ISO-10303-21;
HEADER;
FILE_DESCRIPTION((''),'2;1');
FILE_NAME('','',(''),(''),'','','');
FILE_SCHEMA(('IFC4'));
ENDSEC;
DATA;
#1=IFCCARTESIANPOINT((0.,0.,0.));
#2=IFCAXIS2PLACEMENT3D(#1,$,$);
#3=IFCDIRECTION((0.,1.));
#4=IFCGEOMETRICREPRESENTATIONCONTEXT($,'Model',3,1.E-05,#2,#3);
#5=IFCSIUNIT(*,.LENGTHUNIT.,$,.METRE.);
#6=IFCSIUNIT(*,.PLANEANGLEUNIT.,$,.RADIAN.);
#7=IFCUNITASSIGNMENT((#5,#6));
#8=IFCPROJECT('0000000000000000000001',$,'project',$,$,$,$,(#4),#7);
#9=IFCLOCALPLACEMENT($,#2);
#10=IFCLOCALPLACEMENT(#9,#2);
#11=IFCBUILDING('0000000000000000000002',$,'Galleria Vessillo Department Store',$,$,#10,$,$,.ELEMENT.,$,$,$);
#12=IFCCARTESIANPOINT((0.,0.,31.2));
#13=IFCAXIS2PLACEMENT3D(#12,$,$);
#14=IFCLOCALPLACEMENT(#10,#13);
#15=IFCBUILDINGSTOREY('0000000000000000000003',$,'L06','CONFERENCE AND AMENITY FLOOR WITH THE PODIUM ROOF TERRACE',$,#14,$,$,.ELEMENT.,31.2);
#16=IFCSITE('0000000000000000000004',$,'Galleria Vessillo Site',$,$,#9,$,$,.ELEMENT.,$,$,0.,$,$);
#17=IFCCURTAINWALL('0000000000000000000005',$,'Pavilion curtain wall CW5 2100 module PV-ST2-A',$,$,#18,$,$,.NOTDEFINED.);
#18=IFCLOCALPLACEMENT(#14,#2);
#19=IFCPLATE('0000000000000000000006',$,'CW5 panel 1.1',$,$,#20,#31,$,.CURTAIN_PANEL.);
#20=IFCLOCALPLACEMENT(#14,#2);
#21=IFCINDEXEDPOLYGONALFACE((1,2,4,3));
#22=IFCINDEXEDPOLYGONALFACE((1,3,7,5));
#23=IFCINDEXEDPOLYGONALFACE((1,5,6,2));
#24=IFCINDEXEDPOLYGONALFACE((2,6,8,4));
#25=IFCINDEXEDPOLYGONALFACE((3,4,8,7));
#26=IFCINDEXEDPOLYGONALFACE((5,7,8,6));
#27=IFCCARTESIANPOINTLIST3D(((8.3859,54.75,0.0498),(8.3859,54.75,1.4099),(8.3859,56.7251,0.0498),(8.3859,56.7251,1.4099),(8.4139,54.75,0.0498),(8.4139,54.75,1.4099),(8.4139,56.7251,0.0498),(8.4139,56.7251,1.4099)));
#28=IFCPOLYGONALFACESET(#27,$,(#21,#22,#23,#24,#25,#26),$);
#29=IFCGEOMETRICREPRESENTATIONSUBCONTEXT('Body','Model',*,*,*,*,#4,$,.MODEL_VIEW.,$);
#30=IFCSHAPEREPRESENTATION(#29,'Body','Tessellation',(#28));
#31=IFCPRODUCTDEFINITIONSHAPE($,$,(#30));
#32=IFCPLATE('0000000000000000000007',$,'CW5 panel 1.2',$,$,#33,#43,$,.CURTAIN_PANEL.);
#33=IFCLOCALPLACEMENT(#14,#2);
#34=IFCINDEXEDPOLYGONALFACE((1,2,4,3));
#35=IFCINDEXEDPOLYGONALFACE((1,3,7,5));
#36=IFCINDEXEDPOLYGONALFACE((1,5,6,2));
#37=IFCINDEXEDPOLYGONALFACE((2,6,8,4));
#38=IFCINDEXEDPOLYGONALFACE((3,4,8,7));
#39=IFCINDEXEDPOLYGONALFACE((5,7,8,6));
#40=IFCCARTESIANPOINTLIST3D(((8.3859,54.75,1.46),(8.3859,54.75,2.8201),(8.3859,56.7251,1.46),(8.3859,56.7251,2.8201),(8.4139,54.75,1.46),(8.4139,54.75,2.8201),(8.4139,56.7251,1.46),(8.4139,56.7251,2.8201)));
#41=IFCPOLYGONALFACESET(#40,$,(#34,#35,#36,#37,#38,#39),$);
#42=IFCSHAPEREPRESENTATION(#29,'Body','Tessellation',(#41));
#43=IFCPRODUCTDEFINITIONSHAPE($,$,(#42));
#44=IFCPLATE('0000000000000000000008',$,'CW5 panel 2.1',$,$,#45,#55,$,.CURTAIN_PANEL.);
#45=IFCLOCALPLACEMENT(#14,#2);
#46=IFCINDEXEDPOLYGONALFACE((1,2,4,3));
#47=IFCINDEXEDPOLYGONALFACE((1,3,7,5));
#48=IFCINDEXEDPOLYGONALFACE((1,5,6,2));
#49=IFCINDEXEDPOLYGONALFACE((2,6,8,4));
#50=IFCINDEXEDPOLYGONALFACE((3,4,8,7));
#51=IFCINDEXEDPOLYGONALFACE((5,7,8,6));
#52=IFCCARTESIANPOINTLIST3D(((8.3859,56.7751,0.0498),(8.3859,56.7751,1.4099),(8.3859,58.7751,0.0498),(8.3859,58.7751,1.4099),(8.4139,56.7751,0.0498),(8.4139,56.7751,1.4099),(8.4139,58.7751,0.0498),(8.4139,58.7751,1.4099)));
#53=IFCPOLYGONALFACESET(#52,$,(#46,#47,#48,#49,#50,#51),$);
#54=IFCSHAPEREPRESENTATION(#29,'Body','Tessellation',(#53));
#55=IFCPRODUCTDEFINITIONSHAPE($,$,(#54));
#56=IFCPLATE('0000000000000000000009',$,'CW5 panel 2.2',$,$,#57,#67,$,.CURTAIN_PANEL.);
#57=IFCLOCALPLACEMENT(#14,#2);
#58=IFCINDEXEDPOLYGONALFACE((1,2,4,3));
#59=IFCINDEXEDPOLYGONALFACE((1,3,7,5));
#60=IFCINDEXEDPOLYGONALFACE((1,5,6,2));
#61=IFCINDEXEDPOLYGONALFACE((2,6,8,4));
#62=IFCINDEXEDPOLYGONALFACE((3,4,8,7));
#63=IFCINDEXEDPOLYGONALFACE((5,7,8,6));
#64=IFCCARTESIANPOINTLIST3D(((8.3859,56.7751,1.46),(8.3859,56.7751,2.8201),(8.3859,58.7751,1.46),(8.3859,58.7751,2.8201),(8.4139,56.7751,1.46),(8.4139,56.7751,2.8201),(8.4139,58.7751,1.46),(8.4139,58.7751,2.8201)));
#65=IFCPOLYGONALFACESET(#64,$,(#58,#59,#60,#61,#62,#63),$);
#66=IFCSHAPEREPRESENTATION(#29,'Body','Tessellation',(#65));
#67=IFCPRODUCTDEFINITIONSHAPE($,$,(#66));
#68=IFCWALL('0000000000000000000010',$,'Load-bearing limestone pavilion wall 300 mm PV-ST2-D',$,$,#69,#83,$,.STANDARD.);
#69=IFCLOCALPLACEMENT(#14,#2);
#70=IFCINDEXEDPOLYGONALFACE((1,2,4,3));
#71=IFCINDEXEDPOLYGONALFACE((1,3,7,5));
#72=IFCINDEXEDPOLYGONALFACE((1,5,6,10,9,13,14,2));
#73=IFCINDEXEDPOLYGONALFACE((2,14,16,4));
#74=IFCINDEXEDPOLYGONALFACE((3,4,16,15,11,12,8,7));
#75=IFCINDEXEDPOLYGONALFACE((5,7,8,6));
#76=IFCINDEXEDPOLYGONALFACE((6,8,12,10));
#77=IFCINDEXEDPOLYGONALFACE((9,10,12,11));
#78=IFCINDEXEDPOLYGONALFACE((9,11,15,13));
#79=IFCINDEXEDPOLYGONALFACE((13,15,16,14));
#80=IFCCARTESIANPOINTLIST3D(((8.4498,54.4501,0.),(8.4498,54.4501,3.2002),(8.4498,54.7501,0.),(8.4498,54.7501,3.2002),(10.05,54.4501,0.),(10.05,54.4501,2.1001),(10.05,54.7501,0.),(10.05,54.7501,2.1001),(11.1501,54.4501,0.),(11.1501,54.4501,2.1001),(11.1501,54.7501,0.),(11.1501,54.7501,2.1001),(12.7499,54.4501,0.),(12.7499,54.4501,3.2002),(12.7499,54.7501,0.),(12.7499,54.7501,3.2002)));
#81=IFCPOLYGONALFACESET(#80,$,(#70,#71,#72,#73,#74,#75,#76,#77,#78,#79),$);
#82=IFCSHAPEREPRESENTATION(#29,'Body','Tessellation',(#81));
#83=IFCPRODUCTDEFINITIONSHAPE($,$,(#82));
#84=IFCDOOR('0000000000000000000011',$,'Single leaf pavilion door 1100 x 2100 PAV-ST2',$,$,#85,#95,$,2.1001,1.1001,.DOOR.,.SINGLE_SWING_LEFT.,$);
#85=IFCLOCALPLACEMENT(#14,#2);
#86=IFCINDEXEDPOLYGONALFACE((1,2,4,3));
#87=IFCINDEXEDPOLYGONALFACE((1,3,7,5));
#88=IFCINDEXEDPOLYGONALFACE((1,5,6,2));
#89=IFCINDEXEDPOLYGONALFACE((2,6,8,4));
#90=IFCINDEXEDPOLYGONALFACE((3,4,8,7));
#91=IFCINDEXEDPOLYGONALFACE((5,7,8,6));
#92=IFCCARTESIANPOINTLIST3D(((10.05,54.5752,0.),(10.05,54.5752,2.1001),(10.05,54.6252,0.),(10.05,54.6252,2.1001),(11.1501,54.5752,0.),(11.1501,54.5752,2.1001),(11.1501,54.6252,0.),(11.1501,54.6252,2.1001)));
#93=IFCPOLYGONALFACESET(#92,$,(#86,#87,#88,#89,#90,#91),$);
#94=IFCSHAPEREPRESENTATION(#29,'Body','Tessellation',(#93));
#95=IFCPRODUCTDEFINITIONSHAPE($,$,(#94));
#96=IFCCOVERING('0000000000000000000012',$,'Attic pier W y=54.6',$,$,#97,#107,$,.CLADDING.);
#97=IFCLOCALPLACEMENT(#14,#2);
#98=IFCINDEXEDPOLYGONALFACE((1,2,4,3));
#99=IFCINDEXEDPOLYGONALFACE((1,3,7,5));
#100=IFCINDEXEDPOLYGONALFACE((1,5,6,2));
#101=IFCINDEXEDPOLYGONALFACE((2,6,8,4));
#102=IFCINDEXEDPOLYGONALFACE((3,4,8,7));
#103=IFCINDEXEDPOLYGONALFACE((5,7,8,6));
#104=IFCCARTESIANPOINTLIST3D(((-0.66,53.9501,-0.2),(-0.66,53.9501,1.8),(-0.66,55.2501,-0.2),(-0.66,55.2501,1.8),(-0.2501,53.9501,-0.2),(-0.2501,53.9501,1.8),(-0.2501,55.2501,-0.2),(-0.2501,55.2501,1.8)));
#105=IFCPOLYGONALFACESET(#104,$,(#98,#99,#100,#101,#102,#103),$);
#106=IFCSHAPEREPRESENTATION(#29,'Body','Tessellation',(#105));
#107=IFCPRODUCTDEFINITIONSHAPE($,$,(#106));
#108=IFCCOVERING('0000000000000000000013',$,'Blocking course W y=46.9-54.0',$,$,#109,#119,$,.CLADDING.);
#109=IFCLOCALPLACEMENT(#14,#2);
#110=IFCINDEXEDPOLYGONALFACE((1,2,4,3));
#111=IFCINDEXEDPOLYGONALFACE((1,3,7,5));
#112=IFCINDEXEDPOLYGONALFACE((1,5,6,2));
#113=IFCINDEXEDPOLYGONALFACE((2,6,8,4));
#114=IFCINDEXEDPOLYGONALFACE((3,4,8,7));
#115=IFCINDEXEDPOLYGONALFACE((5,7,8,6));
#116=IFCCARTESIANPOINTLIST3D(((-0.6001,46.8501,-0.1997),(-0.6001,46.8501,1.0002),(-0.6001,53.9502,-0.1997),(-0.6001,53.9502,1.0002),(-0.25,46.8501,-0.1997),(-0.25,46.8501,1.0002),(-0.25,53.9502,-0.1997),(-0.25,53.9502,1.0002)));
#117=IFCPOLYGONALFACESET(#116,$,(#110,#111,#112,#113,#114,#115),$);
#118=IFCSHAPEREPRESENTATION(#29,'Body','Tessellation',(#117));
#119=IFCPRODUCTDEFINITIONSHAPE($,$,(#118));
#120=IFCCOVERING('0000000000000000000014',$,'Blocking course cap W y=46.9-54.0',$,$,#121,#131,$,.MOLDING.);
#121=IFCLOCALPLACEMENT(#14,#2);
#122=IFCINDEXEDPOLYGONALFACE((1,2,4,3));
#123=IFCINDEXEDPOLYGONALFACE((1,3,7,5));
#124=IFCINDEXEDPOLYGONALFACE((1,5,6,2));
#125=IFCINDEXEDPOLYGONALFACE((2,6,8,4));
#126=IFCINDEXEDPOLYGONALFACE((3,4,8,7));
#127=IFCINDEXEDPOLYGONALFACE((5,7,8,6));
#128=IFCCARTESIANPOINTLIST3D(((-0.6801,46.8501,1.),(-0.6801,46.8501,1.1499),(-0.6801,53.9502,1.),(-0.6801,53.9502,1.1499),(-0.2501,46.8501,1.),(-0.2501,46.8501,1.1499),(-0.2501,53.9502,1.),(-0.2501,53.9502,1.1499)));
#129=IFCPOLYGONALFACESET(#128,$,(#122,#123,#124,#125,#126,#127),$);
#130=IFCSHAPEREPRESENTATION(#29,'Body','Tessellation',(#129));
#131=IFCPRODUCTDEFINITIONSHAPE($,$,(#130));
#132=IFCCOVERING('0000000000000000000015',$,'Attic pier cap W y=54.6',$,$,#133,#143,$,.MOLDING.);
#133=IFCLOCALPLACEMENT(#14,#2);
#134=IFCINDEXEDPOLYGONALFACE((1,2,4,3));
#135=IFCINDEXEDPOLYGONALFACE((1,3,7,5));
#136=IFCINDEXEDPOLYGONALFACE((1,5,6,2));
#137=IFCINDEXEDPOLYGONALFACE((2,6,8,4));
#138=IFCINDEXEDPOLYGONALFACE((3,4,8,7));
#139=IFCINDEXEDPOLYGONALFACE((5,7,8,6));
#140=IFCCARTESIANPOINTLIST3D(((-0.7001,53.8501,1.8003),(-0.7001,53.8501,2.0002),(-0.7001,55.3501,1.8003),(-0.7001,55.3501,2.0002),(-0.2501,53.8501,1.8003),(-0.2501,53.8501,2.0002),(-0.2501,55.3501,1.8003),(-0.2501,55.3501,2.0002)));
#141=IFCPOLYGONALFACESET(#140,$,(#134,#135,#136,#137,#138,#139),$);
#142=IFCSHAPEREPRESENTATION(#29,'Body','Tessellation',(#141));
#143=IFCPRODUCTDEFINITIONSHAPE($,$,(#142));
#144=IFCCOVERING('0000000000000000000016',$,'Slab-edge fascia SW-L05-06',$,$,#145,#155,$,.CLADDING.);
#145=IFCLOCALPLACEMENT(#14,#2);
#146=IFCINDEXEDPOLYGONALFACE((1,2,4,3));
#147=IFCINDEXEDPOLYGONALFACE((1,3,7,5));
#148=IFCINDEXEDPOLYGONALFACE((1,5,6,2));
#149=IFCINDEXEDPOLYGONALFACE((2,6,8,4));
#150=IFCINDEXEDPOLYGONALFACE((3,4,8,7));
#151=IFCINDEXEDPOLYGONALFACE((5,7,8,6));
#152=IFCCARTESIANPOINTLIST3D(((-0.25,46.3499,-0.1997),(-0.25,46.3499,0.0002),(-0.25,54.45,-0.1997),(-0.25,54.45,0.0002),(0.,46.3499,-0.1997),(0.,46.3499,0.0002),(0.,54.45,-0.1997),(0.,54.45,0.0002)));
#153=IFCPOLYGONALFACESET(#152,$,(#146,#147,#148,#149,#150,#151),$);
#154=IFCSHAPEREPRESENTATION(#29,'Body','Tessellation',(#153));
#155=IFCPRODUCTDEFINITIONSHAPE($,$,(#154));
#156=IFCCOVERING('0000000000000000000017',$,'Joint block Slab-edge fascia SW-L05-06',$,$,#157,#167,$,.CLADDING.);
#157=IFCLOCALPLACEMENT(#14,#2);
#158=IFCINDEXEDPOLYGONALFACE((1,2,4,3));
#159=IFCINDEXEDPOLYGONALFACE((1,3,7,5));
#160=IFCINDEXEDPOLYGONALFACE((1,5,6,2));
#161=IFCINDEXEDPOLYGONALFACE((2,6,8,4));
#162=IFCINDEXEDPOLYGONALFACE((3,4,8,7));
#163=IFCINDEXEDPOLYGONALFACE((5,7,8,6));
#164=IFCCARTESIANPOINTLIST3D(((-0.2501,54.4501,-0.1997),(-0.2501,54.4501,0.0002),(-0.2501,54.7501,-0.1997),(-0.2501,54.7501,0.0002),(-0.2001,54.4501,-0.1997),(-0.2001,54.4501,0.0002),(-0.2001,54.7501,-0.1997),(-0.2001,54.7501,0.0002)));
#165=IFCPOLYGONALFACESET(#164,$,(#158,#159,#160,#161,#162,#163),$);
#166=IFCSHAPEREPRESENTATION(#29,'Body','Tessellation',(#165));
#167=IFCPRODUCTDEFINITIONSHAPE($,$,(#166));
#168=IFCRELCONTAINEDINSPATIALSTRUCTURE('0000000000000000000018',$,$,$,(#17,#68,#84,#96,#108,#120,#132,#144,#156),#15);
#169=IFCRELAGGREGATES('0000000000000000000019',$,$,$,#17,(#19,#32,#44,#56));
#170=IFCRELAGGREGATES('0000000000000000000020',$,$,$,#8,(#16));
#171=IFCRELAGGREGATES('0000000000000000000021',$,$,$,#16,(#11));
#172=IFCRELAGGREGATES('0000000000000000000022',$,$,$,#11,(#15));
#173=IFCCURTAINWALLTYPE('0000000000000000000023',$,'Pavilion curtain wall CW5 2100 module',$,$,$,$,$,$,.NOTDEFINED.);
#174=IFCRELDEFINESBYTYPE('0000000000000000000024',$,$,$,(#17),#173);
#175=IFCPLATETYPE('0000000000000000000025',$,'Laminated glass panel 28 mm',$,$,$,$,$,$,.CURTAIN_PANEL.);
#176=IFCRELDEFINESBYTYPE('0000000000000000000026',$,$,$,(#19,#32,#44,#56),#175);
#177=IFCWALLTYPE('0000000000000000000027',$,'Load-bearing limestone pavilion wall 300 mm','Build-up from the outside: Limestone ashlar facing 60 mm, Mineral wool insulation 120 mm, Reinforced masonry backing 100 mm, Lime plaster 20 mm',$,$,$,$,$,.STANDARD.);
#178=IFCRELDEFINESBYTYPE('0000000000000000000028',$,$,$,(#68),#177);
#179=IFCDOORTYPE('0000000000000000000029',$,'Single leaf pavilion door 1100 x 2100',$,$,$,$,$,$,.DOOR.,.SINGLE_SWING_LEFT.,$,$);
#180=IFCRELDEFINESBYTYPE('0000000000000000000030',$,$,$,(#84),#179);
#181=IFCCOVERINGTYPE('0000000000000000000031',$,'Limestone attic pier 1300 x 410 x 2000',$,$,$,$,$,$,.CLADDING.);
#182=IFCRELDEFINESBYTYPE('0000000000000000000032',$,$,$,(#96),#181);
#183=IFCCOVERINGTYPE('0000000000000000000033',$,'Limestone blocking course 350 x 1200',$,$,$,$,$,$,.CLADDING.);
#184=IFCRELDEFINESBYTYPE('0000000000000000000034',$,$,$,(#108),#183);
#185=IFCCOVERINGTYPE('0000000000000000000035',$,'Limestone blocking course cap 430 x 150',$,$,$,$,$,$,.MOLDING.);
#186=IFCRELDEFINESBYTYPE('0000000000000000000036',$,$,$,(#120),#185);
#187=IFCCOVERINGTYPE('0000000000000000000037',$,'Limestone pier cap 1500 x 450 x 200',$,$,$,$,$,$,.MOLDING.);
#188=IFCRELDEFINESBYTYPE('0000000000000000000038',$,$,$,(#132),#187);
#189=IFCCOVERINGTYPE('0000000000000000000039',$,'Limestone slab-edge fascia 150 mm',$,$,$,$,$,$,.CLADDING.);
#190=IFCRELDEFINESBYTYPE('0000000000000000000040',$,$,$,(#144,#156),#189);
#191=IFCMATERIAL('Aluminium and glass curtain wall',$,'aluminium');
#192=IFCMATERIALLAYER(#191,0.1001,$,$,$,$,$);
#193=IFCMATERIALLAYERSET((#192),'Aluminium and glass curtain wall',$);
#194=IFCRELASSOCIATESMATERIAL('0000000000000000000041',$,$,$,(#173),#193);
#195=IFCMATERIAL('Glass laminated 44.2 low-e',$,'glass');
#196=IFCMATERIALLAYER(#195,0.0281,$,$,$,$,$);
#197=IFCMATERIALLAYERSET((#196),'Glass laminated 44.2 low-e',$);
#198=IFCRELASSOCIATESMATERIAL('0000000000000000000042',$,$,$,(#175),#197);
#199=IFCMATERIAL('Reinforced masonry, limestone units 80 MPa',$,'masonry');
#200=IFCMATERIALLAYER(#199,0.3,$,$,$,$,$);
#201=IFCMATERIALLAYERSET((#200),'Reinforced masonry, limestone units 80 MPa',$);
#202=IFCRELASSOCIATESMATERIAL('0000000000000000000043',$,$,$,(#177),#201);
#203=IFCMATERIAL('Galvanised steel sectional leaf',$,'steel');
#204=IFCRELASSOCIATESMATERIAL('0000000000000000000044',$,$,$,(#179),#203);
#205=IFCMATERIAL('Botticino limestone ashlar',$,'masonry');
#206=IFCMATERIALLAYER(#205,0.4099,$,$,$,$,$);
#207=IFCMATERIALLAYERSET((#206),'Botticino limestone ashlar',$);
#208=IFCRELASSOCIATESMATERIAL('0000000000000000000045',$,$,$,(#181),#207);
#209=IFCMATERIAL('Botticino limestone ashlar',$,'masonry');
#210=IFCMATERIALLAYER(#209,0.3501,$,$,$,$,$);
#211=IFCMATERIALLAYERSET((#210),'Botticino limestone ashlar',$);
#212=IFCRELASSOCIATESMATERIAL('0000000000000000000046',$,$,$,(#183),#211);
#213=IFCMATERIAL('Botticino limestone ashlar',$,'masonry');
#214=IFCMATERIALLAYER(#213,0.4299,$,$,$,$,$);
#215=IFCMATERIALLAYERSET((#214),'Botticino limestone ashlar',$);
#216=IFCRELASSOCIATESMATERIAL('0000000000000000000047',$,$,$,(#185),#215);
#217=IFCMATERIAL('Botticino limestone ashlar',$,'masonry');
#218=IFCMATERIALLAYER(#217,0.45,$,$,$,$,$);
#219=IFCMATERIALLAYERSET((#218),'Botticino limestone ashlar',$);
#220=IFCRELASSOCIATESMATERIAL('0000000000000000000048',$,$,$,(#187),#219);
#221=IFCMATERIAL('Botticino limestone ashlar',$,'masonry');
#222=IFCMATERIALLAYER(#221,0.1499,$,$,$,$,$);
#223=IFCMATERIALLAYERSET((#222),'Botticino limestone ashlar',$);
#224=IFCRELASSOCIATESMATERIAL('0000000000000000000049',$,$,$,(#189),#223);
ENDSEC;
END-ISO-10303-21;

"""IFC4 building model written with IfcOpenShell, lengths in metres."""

from ifc_helpers import new_model, si_unit, direction, frame, frame_2d, origin, origin_2d, place, context, subcontext, project, spatial, rectangle, extrude, material, layer, layer_set, type_object, element, fill, aggregate, save


model = new_model("IFC4")

# Units and contexts
model_context = context("Model", 3, precision=1e-05, world=origin(), true_north=direction((0.0, 1.0)))
body_context = subcontext(model_context, "Body", "Model", "MODEL_VIEW")
ifc_project = project(units=[si_unit("LENGTHUNIT", "METRE"), si_unit("PLANEANGLEUNIT", "RADIAN")], contexts=[model_context])

# Site, building, storey
site_placement = place(None, origin())
site = spatial("IfcSite", under=ifc_project, at=site_placement, Name="Galleria Vessillo Site", CompositionType="ELEMENT", RefElevation=0.0)
building_placement = place(site_placement, origin())
building = spatial("IfcBuilding", under=site, at=building_placement, Name="Galleria Vessillo Department Store", CompositionType="ELEMENT")
storey_placement = place(building_placement, frame((0.0, 0.0, 31.2)))
storey = spatial("IfcBuildingStorey", under=building, at=storey_placement, Name="L06", Description="CONFERENCE AND AMENITY FLOOR WITH THE PODIUM ROOF TERRACE", CompositionType="ELEMENT", Elevation=31.2)

# Curtain wall
ifc_material_1 = material(Name="Aluminium and glass curtain wall", Category="aluminium")
ifc_layer_1 = layer(ifc_material_1, 0.1001)
ifc_layer_set_1 = layer_set([ifc_layer_1], Name="Aluminium and glass curtain wall")
curtain_wall_type = type_object("IfcCurtainWallType", Name="Pavilion curtain wall CW5 2100 module", PredefinedType="NOTDEFINED", material=ifc_layer_set_1)
curtain_wall_placement = place(storey_placement, origin())
curtain_wall = element("IfcCurtainWall", 1, at=curtain_wall_placement, inside=storey, type_object=curtain_wall_type, Name="Pavilion curtain wall CW5 2100 module PV-ST2-A", PredefinedType="NOTDEFINED")

# Plates
ifc_material_2 = material(Name="Glass laminated 44.2 low-e", Category="glass")
ifc_layer_2 = layer(ifc_material_2, 0.0281)
ifc_layer_set_2 = layer_set([ifc_layer_2], Name="Glass laminated 44.2 low-e")
plate_type = type_object("IfcPlateType", Name="Laminated glass panel 28 mm", PredefinedType="CURTAIN_PANEL", material=ifc_layer_set_2)
plate_1_placement = place(storey_placement, frame((8.3999, 55.7375, 0.0498), z_axis=(0.0, 0.0, 1.0), x_axis=(0.0, 1.0, 0.0)))
plate_1 = element("IfcPlate", 2, at=plate_1_placement, type_object=plate_type, Name="CW5 panel 1.1", PredefinedType="CURTAIN_PANEL", context=body_context, shape_type="SweptSolid", body=[
    extrude(rectangle(XDim=1.9751, YDim=0.0281, at=origin_2d()), origin(), (0.0, 0.0, 1.0), 1.3601),
])
plate_2_placement = place(storey_placement, frame((8.3999, 55.7375, 1.46), z_axis=(0.0, 0.0, 1.0), x_axis=(0.0, 1.0, 0.0)))
plate_2 = element("IfcPlate", 3, at=plate_2_placement, type_object=plate_type, Name="CW5 panel 1.2", PredefinedType="CURTAIN_PANEL", context=body_context, shape_type="SweptSolid", body=[
    extrude(rectangle(XDim=1.9751, YDim=0.0281, at=origin_2d()), origin(), (0.0, 0.0, 1.0), 1.3601),
])
plate_3_placement = place(storey_placement, frame((8.3999, 57.7751, 0.0498), z_axis=(0.0, 0.0, 1.0), x_axis=(0.0, 1.0, 0.0)))
plate_3 = element("IfcPlate", 4, at=plate_3_placement, type_object=plate_type, Name="CW5 panel 2.1", PredefinedType="CURTAIN_PANEL", context=body_context, shape_type="SweptSolid", body=[
    extrude(rectangle(XDim=2.0, YDim=0.0281, at=origin_2d()), origin(), (0.0, 0.0, 1.0), 1.3601),
])
plate_4_placement = place(storey_placement, frame((8.3999, 57.7751, 1.46), z_axis=(0.0, 0.0, 1.0), x_axis=(0.0, 1.0, 0.0)))
plate_4 = element("IfcPlate", 5, at=plate_4_placement, type_object=plate_type, Name="CW5 panel 2.2", PredefinedType="CURTAIN_PANEL", context=body_context, shape_type="SweptSolid", body=[
    extrude(rectangle(XDim=2.0, YDim=0.0281, at=origin_2d()), origin(), (0.0, 0.0, 1.0), 1.3601),
])
aggregate(curtain_wall, [plate_1, plate_2, plate_3, plate_4])

# Wall, opening, door
ifc_material_3 = material(Name="Reinforced masonry, limestone units 80 MPa", Category="masonry")
ifc_layer_3 = layer(ifc_material_3, 0.3)
ifc_layer_set_3 = layer_set([ifc_layer_3], Name="Reinforced masonry, limestone units 80 MPa")
wall_type = type_object("IfcWallType", Name="Load-bearing limestone pavilion wall 300 mm", Description="Build-up from the outside: Limestone ashlar facing 60 mm, Mineral wool insulation 120 mm, Reinforced masonry backing 100 mm, Lime plaster 20 mm", PredefinedType="STANDARD", material=ifc_layer_set_3)
wall_placement = place(storey_placement, frame((8.45, 54.6001, 0.0), z_axis=(0.0, 0.0, 1.0), x_axis=(1.0, 0.0, 0.0)))
wall = element("IfcWall", 6, at=wall_placement, inside=storey, type_object=wall_type, Name="Load-bearing limestone pavilion wall 300 mm PV-ST2-D", PredefinedType="STANDARD", context=body_context, shape_type="SweptSolid", body=[
    extrude(rectangle(XDim=4.3, YDim=0.3, at=frame_2d((2.1499, 0.0))), origin(), (0.0, 0.0, 1.0), 3.2002),
])
opening_placement = place(wall_placement, frame((1.6001, 0.0, 0.0)))
opening = element("IfcOpeningElement", 7, at=opening_placement, cuts=wall, PredefinedType="OPENING", context=body_context, shape_type="SweptSolid", body=[
    extrude(rectangle(XDim=1.1001, YDim=2.1001, at=frame_2d((0.55, 1.05))), frame((0.0, 0.1602, 0.0), z_axis=(0.0, -1.0, 0.0), x_axis=(1.0, 0.0, 0.0)), (0.0, 0.0, 1.0), 0.3201),
])
ifc_material_4 = material(Name="Galvanised steel sectional leaf", Category="steel")
door_type = type_object("IfcDoorType", Name="Single leaf pavilion door 1100 x 2100", OperationType="SINGLE_SWING_LEFT", PredefinedType="DOOR", material=ifc_material_4)
door_placement = place(opening_placement, frame((1.1001, 0.0, 0.0), z_axis=(0.0, 0.0, 1.0), x_axis=(-1.0, 0.0, 0.0)))
door = element("IfcDoor", 8, at=door_placement, inside=storey, type_object=door_type, Name="Single leaf pavilion door 1100 x 2100 PAV-ST2", OperationType="SINGLE_SWING_LEFT", OverallHeight=2.1001, OverallWidth=1.1001, PredefinedType="DOOR", context=body_context, shape_type="SweptSolid", body=[
    extrude(rectangle(XDim=1.1001, YDim=2.1001, at=frame_2d((0.55, 1.05))), frame((0.0, 0.0249, 0.0), z_axis=(0.0, -1.0, 0.0), x_axis=(1.0, 0.0, 0.0)), (0.0, 0.0, 1.0), 0.05),
])
fill(opening, door)

# Coverings
ifc_material_5 = material(Name="Botticino limestone ashlar", Category="masonry")
ifc_layer_4 = layer(ifc_material_5, 0.4099)
ifc_layer_set_4 = layer_set([ifc_layer_4], Name="Botticino limestone ashlar")
covering_type_1 = type_object("IfcCoveringType", Name="Limestone attic pier 1300 x 410 x 2000", PredefinedType="CLADDING", material=ifc_layer_set_4)
covering_1_placement = place(storey_placement, frame((-0.4551, 54.6001, -0.2), z_axis=(0.0, 0.0, 1.0), x_axis=(1.0, 0.0, 0.0)))
element("IfcCovering", 9, at=covering_1_placement, inside=storey, type_object=covering_type_1, Name="Attic pier W y=54.6", PredefinedType="CLADDING", context=body_context, shape_type="SweptSolid", body=[
    extrude(rectangle(XDim=0.4099, YDim=1.3, at=origin_2d()), origin(), (0.0, 0.0, 1.0), 2.0),
])
ifc_material_6 = material(Name="Botticino limestone ashlar", Category="masonry")
ifc_layer_5 = layer(ifc_material_6, 0.3501)
ifc_layer_set_5 = layer_set([ifc_layer_5], Name="Botticino limestone ashlar")
covering_type_2 = type_object("IfcCoveringType", Name="Limestone blocking course 350 x 1200", PredefinedType="CLADDING", material=ifc_layer_set_5)
covering_2_placement = place(storey_placement, frame((-0.425, 50.4001, -0.1997), z_axis=(0.0, 0.0, 1.0), x_axis=(1.0, 0.0, 0.0)))
element("IfcCovering", 10, at=covering_2_placement, inside=storey, type_object=covering_type_2, Name="Blocking course W y=46.9-54.0", PredefinedType="CLADDING", context=body_context, shape_type="SweptSolid", body=[
    extrude(rectangle(XDim=0.3501, YDim=7.1001, at=origin_2d()), origin(), (0.0, 0.0, 1.0), 1.2),
])
ifc_material_7 = material(Name="Botticino limestone ashlar", Category="masonry")
ifc_layer_6 = layer(ifc_material_7, 0.4299)
ifc_layer_set_6 = layer_set([ifc_layer_6], Name="Botticino limestone ashlar")
covering_type_3 = type_object("IfcCoveringType", Name="Limestone blocking course cap 430 x 150", PredefinedType="MOLDING", material=ifc_layer_set_6)
covering_3_placement = place(storey_placement, frame((-0.4651, 50.4001, 1.0), z_axis=(0.0, 0.0, 1.0), x_axis=(1.0, 0.0, 0.0)))
element("IfcCovering", 11, at=covering_3_placement, inside=storey, type_object=covering_type_3, Name="Blocking course cap W y=46.9-54.0", PredefinedType="MOLDING", context=body_context, shape_type="SweptSolid", body=[
    extrude(rectangle(XDim=0.4299, YDim=7.1001, at=origin_2d()), origin(), (0.0, 0.0, 1.0), 0.1499),
])
ifc_material_8 = material(Name="Botticino limestone ashlar", Category="masonry")
ifc_layer_7 = layer(ifc_material_8, 0.45)
ifc_layer_set_7 = layer_set([ifc_layer_7], Name="Botticino limestone ashlar")
covering_type_4 = type_object("IfcCoveringType", Name="Limestone pier cap 1500 x 450 x 200", PredefinedType="MOLDING", material=ifc_layer_set_7)
covering_4_placement = place(storey_placement, frame((-0.4751, 54.6001, 1.8003), z_axis=(0.0, 0.0, 1.0), x_axis=(1.0, 0.0, 0.0)))
element("IfcCovering", 12, at=covering_4_placement, inside=storey, type_object=covering_type_4, Name="Attic pier cap W y=54.6", PredefinedType="MOLDING", context=body_context, shape_type="SweptSolid", body=[
    extrude(rectangle(XDim=0.45, YDim=1.5, at=origin_2d()), origin(), (0.0, 0.0, 1.0), 0.2),
])
ifc_material_9 = material(Name="Botticino limestone ashlar", Category="masonry")
ifc_layer_8 = layer(ifc_material_9, 0.1499)
ifc_layer_set_8 = layer_set([ifc_layer_8], Name="Botticino limestone ashlar")
covering_type_5 = type_object("IfcCoveringType", Name="Limestone slab-edge fascia 150 mm", PredefinedType="CLADDING", material=ifc_layer_set_8)
covering_5_placement = place(storey_placement, frame((-0.125, 50.3999, -0.1997), z_axis=(0.0, 0.0, 1.0), x_axis=(1.0, 0.0, 0.0)))
element("IfcCovering", 13, at=covering_5_placement, inside=storey, type_object=covering_type_5, Name="Slab-edge fascia SW-L05-06", PredefinedType="CLADDING", context=body_context, shape_type="SweptSolid", body=[
    extrude(rectangle(XDim=0.25, YDim=8.1001, at=origin_2d()), origin(), (0.0, 0.0, 1.0), 0.2),
])
covering_6_placement = place(storey_placement, frame((-0.2251, 54.6001, -0.1997), z_axis=(0.0, 0.0, 1.0), x_axis=(1.0, 0.0, 0.0)))
element("IfcCovering", 14, at=covering_6_placement, inside=storey, type_object=covering_type_5, Name="Joint block Slab-edge fascia SW-L05-06", PredefinedType="CLADDING", context=body_context, shape_type="SweptSolid", body=[
    extrude(rectangle(XDim=0.05, YDim=0.3, at=origin_2d()), origin(), (0.0, 0.0, 1.0), 0.2),
])

save(model, "model.ifc")
